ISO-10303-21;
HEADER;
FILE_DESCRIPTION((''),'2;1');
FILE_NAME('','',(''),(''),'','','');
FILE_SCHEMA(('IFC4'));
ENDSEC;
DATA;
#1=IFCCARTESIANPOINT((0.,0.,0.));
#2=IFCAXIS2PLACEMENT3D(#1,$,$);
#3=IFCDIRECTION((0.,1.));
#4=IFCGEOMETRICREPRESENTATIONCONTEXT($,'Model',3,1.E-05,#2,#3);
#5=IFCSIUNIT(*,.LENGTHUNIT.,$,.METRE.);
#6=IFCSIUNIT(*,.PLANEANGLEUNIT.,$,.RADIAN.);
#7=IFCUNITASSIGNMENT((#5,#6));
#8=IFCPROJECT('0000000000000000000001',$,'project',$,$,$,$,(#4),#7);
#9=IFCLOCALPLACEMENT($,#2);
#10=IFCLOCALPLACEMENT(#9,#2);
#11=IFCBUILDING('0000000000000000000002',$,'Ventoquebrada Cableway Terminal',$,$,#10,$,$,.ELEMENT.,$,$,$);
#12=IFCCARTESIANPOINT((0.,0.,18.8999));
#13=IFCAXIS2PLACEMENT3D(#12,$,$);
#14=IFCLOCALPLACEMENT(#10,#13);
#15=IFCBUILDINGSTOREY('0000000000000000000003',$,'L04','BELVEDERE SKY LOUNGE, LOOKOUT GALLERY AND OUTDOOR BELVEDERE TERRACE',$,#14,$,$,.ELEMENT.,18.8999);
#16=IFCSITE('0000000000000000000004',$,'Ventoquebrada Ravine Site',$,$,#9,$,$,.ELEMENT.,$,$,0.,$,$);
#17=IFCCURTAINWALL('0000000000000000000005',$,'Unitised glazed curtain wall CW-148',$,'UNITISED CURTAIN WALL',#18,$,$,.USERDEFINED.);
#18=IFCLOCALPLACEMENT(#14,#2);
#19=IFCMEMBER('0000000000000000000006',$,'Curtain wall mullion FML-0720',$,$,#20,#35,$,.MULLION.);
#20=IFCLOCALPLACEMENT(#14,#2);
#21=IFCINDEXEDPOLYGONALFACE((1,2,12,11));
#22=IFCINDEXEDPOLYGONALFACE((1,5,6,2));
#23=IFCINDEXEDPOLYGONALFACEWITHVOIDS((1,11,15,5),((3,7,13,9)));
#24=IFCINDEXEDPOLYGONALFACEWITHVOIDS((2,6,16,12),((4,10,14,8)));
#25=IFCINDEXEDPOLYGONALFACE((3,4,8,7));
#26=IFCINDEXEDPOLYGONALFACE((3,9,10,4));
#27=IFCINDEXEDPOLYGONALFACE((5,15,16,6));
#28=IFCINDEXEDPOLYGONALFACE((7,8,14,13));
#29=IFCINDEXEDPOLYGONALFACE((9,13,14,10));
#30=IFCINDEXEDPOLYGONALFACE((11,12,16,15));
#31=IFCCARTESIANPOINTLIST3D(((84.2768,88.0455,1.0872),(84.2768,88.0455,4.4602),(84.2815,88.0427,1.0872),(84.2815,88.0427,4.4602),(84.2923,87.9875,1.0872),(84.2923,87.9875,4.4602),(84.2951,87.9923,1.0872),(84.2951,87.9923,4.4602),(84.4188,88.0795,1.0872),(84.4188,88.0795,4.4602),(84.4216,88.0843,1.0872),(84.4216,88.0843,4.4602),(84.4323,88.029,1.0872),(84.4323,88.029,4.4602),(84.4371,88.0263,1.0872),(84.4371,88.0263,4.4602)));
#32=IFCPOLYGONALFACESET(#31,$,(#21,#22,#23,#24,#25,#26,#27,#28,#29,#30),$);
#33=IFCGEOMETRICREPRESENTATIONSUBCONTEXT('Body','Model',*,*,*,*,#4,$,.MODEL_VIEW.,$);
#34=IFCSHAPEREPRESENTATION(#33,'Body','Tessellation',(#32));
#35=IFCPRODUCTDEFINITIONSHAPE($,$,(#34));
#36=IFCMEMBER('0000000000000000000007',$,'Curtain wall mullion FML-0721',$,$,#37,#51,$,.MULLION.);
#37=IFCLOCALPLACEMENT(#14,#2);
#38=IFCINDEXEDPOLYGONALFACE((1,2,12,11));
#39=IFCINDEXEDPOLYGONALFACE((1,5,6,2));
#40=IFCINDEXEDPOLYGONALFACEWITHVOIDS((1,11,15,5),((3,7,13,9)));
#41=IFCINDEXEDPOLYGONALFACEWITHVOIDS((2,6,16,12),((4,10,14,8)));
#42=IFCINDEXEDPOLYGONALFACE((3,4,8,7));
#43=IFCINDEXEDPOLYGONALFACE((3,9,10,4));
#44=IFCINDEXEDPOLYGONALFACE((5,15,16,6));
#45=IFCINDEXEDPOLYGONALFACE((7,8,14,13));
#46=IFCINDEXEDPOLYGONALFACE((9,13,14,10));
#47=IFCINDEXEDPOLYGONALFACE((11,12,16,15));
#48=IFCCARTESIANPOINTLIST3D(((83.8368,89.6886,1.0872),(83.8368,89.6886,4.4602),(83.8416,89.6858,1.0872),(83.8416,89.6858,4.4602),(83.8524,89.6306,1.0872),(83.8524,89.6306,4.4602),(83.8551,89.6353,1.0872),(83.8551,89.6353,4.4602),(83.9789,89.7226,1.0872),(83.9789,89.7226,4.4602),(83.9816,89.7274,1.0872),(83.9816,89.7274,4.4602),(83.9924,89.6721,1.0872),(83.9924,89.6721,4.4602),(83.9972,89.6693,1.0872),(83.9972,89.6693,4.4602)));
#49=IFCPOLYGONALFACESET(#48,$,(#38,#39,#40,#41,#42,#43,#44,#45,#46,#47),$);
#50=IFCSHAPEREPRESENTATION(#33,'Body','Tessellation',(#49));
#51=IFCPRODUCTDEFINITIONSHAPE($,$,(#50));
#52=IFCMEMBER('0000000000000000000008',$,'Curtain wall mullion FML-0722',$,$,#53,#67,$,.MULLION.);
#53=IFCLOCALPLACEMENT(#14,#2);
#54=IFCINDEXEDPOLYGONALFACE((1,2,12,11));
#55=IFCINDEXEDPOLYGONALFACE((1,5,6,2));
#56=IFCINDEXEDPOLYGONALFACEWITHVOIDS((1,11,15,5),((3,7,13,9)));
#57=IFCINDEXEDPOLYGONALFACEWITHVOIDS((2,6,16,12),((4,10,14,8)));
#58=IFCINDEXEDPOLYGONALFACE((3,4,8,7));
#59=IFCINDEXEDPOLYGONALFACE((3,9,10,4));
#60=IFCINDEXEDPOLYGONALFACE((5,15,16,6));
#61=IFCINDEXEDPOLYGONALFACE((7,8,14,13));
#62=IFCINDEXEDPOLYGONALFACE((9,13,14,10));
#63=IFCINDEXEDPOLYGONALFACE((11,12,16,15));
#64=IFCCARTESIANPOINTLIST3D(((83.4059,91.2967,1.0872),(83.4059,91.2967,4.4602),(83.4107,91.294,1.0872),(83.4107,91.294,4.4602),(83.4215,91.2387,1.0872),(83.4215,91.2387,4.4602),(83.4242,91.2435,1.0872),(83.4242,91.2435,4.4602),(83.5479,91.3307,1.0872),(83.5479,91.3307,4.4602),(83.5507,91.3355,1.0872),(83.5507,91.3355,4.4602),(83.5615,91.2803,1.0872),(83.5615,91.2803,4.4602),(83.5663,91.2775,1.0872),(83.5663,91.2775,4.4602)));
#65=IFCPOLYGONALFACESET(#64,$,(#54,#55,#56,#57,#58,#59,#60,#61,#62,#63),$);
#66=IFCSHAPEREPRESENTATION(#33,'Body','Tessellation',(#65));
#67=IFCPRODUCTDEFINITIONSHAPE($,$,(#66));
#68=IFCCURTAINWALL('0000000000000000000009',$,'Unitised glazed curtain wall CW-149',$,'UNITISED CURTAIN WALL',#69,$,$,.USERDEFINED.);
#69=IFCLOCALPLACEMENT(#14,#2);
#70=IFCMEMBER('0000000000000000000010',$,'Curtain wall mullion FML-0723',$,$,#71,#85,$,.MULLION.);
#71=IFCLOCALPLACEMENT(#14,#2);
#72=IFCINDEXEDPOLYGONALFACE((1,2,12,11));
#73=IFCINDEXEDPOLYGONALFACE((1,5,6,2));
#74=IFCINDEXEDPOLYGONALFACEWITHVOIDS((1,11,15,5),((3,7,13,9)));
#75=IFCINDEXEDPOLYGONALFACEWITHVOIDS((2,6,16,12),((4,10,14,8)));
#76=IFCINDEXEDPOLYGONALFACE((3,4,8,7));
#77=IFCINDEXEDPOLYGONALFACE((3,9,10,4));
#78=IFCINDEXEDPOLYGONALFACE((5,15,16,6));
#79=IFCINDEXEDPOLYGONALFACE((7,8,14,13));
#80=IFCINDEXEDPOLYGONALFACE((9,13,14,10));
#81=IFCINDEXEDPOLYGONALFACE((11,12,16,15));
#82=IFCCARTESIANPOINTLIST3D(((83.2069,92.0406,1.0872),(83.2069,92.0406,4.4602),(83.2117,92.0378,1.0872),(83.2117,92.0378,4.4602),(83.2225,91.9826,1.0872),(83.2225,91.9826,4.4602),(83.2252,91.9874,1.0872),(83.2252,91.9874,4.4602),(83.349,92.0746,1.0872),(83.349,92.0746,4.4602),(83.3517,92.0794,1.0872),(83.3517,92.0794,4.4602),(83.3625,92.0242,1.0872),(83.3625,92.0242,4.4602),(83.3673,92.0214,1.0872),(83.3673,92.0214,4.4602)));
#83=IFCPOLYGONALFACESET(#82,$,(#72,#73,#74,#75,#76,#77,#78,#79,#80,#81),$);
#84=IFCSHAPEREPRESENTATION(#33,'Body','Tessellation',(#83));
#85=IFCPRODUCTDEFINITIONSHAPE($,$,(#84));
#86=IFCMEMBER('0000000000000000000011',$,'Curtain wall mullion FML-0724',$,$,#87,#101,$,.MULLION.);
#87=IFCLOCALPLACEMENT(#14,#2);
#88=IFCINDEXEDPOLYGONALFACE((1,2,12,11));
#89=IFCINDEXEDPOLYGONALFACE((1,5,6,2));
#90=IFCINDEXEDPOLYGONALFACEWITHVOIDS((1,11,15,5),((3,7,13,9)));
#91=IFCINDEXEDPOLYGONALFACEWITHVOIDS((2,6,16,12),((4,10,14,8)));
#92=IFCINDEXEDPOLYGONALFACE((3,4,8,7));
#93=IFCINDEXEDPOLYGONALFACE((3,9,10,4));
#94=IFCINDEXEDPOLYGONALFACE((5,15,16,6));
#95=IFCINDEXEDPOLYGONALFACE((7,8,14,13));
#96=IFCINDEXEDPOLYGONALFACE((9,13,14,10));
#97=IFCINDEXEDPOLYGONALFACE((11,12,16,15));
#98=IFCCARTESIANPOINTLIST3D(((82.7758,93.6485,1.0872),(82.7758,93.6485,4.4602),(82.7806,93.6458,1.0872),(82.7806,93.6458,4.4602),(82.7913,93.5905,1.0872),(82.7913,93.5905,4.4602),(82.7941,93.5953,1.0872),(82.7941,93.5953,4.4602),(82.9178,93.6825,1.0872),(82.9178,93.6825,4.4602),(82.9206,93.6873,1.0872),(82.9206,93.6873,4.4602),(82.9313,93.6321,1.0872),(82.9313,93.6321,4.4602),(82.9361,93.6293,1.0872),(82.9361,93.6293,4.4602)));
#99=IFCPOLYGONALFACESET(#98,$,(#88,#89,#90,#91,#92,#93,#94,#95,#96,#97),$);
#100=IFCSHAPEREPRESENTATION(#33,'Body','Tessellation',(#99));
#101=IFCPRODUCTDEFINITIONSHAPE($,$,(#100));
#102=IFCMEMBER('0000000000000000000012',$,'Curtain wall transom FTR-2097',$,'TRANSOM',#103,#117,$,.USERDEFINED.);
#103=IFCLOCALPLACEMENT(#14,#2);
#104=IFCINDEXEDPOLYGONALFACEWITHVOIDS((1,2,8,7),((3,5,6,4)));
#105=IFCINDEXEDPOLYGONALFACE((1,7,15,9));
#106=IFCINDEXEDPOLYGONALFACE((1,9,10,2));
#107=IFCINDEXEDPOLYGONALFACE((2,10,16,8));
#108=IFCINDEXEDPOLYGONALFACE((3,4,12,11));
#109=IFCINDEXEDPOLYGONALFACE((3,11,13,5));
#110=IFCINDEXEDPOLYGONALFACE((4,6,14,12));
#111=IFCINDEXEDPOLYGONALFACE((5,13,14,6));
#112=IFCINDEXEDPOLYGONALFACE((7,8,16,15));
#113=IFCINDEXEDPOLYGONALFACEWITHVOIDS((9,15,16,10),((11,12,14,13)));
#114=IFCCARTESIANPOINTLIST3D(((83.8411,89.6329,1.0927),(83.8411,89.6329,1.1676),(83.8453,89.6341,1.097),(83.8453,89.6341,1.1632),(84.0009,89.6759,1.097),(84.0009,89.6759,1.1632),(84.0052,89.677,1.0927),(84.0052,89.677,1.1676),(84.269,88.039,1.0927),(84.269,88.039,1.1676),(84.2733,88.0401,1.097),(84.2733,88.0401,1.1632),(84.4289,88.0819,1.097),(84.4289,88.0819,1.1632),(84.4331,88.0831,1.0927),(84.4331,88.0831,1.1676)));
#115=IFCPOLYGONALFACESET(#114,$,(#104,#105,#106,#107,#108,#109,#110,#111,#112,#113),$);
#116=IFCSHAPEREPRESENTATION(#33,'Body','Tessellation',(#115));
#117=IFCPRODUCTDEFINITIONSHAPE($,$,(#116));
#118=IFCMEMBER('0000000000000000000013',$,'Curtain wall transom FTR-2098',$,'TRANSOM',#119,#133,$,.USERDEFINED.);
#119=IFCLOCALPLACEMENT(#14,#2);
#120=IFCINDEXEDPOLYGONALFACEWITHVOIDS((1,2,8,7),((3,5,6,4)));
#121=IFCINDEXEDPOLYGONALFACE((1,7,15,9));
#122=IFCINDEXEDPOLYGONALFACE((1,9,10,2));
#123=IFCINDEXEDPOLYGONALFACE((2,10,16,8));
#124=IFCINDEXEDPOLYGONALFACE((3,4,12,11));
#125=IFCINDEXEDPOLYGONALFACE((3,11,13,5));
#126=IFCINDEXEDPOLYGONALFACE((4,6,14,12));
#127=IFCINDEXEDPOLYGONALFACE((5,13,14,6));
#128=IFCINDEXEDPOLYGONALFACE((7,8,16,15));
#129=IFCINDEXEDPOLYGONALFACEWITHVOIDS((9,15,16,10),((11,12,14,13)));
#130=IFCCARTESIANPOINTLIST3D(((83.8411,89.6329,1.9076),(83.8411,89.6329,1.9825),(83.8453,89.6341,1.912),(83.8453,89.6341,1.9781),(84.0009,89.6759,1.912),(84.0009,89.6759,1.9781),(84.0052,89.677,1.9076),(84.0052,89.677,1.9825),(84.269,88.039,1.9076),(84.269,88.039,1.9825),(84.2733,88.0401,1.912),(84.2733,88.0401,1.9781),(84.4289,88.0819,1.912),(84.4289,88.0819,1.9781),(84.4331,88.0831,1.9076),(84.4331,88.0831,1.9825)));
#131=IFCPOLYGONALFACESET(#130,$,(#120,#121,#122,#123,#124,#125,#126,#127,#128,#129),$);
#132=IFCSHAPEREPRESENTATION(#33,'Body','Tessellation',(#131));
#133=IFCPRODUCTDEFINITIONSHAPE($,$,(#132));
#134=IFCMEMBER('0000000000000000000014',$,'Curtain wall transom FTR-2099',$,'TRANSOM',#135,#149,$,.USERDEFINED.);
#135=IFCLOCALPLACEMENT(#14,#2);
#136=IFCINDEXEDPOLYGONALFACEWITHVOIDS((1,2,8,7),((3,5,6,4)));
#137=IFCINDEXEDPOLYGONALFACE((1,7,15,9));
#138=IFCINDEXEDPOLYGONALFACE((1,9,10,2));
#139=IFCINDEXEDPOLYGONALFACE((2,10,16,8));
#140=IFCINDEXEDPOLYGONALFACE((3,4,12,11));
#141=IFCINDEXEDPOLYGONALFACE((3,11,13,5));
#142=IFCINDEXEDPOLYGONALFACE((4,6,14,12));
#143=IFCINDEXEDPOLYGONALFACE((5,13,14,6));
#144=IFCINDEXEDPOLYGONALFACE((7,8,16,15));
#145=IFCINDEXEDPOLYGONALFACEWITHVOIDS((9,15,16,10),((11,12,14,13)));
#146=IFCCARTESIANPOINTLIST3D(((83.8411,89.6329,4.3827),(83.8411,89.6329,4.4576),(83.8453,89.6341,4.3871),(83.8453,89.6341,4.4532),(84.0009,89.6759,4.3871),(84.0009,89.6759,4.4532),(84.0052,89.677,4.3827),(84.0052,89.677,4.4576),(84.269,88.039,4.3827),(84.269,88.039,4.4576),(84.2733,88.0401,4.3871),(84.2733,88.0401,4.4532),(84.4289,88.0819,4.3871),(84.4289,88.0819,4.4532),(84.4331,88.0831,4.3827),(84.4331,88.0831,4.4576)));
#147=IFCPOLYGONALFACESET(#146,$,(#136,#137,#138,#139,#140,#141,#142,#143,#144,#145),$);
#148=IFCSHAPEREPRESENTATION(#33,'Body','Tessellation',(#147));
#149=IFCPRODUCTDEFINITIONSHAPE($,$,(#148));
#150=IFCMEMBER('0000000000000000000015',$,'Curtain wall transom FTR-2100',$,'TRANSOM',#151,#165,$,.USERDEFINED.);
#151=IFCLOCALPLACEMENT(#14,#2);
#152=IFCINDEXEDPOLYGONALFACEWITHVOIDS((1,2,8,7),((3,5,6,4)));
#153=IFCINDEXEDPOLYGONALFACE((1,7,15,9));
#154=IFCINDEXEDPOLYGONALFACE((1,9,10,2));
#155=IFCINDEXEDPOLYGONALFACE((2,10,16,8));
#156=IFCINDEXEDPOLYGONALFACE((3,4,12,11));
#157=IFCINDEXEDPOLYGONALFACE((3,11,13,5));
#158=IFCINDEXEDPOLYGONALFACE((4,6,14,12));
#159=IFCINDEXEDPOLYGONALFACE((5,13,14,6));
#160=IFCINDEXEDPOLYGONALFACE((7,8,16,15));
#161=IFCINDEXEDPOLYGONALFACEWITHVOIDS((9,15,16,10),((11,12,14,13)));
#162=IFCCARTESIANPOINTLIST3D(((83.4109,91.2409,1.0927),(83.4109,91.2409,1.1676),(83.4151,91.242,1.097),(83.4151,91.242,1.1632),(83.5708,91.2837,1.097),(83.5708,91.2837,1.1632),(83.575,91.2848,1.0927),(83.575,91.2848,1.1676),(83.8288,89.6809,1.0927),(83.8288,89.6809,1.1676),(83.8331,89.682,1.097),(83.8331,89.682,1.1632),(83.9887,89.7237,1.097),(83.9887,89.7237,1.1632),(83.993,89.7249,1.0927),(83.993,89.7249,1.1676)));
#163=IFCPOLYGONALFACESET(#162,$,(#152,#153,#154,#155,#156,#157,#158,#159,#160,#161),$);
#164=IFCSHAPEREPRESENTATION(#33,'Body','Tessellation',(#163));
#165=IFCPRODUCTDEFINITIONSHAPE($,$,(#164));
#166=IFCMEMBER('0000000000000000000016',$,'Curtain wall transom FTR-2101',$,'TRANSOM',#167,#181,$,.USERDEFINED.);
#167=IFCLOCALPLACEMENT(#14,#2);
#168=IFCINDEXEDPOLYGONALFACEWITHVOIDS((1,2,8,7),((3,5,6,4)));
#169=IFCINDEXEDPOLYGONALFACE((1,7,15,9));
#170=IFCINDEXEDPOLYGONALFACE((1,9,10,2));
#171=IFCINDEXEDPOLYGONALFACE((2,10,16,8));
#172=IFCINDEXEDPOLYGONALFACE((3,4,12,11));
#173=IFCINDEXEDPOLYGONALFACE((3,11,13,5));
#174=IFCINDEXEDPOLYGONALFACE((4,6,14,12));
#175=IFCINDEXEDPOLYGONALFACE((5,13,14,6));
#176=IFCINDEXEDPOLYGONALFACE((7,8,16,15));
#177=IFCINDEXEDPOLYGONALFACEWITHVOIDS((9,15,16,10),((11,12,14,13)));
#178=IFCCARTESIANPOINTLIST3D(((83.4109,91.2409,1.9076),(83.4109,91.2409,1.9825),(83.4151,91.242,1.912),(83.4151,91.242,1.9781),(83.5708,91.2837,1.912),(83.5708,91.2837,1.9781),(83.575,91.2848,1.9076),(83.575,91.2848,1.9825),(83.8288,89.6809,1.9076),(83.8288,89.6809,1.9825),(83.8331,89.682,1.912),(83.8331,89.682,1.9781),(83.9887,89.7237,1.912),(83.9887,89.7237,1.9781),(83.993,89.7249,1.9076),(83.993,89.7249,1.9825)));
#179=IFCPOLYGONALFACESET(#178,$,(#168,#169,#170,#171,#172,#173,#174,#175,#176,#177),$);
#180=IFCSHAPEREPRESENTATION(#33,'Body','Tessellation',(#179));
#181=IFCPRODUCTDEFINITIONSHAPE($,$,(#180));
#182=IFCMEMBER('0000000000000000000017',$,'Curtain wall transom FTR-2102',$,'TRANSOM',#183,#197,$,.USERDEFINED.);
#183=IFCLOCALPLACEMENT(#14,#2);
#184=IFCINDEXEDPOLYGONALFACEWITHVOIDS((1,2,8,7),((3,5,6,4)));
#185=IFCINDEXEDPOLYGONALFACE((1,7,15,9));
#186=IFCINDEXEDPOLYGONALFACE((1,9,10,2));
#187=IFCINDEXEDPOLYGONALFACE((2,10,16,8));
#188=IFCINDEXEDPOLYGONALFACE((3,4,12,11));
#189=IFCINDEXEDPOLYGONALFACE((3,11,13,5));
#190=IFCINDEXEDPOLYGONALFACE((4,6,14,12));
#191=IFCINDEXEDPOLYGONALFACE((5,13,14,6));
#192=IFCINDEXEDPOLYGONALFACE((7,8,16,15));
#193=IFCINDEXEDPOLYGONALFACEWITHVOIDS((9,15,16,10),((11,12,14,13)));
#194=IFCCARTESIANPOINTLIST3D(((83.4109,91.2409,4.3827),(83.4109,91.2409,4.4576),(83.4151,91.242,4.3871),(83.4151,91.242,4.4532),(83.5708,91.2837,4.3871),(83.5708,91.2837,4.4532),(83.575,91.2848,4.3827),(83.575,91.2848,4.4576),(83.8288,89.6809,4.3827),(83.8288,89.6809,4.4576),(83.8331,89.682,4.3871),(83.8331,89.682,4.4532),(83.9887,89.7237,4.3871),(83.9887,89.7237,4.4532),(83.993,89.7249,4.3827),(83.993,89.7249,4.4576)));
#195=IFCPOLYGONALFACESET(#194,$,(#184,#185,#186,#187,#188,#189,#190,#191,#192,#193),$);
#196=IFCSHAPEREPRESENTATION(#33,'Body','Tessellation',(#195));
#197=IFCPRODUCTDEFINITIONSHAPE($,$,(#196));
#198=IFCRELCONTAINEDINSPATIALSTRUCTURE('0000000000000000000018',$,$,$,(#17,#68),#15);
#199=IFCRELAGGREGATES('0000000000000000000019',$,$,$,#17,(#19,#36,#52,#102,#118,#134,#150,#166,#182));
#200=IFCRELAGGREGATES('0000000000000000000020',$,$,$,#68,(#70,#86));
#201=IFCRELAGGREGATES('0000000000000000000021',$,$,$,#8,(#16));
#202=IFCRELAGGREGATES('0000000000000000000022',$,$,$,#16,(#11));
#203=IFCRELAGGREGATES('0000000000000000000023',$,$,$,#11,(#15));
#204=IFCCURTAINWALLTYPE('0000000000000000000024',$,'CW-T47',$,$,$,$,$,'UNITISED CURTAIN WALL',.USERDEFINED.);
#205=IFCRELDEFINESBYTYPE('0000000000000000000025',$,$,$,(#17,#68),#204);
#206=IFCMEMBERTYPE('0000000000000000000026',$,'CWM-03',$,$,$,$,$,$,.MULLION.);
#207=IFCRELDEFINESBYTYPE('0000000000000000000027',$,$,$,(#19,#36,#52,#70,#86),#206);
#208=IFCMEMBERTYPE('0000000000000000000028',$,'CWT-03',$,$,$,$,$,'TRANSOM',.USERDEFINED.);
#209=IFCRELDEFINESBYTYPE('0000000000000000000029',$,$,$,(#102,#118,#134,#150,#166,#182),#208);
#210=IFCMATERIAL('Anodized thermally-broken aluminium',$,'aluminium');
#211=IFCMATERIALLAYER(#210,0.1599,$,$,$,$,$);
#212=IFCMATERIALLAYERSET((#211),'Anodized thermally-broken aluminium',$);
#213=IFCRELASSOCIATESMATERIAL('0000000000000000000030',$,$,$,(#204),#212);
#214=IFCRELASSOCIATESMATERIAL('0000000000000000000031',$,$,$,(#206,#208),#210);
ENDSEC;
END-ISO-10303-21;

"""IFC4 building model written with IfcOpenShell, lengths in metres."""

from ifc_helpers import new_model, si_unit, direction, frame, origin, origin_2d, place, context, subcontext, project, spatial, hollow_rectangle, extrude, material, layer, layer_set, material_profile, profile_set, type_object, element, aggregate, save


model = new_model("IFC4")

# Units and contexts
model_context = context("Model", 3, precision=1e-05, world=origin(), true_north=direction((0.0, 1.0)))
body_context = subcontext(model_context, "Body", "Model", "MODEL_VIEW")
ifc_project = project(units=[si_unit("LENGTHUNIT", "METRE"), si_unit("PLANEANGLEUNIT", "RADIAN")], contexts=[model_context])

# Site, building, storey
site_placement = place(None, origin())
site = spatial("IfcSite", under=ifc_project, at=site_placement, Name="Ventoquebrada Ravine Site", CompositionType="ELEMENT", RefElevation=0.0)
building_placement = place(site_placement, origin())
building = spatial("IfcBuilding", under=site, at=building_placement, Name="Ventoquebrada Cableway Terminal", CompositionType="ELEMENT")
storey_placement = place(building_placement, frame((0.0, 0.0, 18.8999)))
storey = spatial("IfcBuildingStorey", under=building, at=storey_placement, Name="L04", Description="BELVEDERE SKY LOUNGE, LOOKOUT GALLERY AND OUTDOOR BELVEDERE TERRACE", CompositionType="ELEMENT", Elevation=18.8999)

# Curtain walls, members
ifc_material_1 = material(Name="Anodized thermally-broken aluminium", Category="aluminium")
ifc_layer_1 = layer(ifc_material_1, 0.1599)
ifc_layer_set_1 = layer_set([ifc_layer_1], Name="Anodized thermally-broken aluminium")
curtain_wall_type = type_object("IfcCurtainWallType", Name="CW-T47", ElementType="UNITISED CURTAIN WALL", PredefinedType="USERDEFINED", material=ifc_layer_set_1)
curtain_wall_1_placement = place(storey_placement, origin())
curtain_wall_1 = element("IfcCurtainWall", 1, at=curtain_wall_1_placement, inside=storey, type_object=curtain_wall_type, Name="Unitised glazed curtain wall CW-148", ObjectType="UNITISED CURTAIN WALL", PredefinedType="USERDEFINED")
ifc_material_profile_1 = material_profile(ifc_material_1, hollow_rectangle(XDim=0.0601, YDim=0.1499, WallThickness=0.0039, at=origin_2d()), Name="CW-MUL-60X150")
ifc_profile_set_1 = profile_set([ifc_material_profile_1], Name="Anodized thermally-broken aluminium")
member_type_1 = type_object("IfcMemberType", Name="CWM-03", PredefinedType="MULLION", material=ifc_profile_set_1)
member_1_placement = place(storey_placement, frame((84.3569, 88.0359, 1.0872), z_axis=(0.0, 0.0, 1.0), x_axis=(-0.258802, 0.96593, 0.0)))
member_1 = element("IfcMember", 2, at=member_1_placement, type_object=member_type_1, Name="Curtain wall mullion FML-0720", PredefinedType="MULLION", context=body_context, shape_type="SweptSolid", body=[
    extrude(hollow_rectangle(XDim=0.0601, YDim=0.1499, WallThickness=0.0039, at=origin_2d()), origin(), (0.0, 0.0, 1.0), 3.373),
])
member_2_placement = place(storey_placement, frame((83.917, 89.679, 1.0872), z_axis=(0.0, 0.0, 1.0), x_axis=(-0.258802, 0.96593, 0.0)))
member_2 = element("IfcMember", 3, at=member_2_placement, type_object=member_type_1, Name="Curtain wall mullion FML-0721", PredefinedType="MULLION", context=body_context, shape_type="SweptSolid", body=[
    extrude(hollow_rectangle(XDim=0.0601, YDim=0.1499, WallThickness=0.0039, at=origin_2d()), origin(), (0.0, 0.0, 1.0), 3.373),
])
member_3_placement = place(storey_placement, frame((83.4861, 91.2871, 1.0872), z_axis=(0.0, 0.0, 1.0), x_axis=(-0.258802, 0.96593, 0.0)))
member_3 = element("IfcMember", 4, at=member_3_placement, type_object=member_type_1, Name="Curtain wall mullion FML-0722", PredefinedType="MULLION", context=body_context, shape_type="SweptSolid", body=[
    extrude(hollow_rectangle(XDim=0.0601, YDim=0.1499, WallThickness=0.0039, at=origin_2d()), origin(), (0.0, 0.0, 1.0), 3.373),
])
curtain_wall_2_placement = place(storey_placement, origin())
curtain_wall_2 = element("IfcCurtainWall", 5, at=curtain_wall_2_placement, inside=storey, type_object=curtain_wall_type, Name="Unitised glazed curtain wall CW-149", ObjectType="UNITISED CURTAIN WALL", PredefinedType="USERDEFINED")
member_4_placement = place(storey_placement, frame((83.2871, 92.031, 1.0872), z_axis=(0.0, 0.0, 1.0), x_axis=(-0.258836, 0.965921, 0.0)))
member_4 = element("IfcMember", 6, at=member_4_placement, type_object=member_type_1, Name="Curtain wall mullion FML-0723", PredefinedType="MULLION", context=body_context, shape_type="SweptSolid", body=[
    extrude(hollow_rectangle(XDim=0.0601, YDim=0.1499, WallThickness=0.0039, at=origin_2d()), origin(), (0.0, 0.0, 1.0), 3.373),
])
member_5_placement = place(storey_placement, frame((82.856, 93.6389, 1.0872), z_axis=(0.0, 0.0, 1.0), x_axis=(-0.258836, 0.965921, 0.0)))
member_5 = element("IfcMember", 7, at=member_5_placement, type_object=member_type_1, Name="Curtain wall mullion FML-0724", PredefinedType="MULLION", context=body_context, shape_type="SweptSolid", body=[
    extrude(hollow_rectangle(XDim=0.0601, YDim=0.1499, WallThickness=0.0039, at=origin_2d()), origin(), (0.0, 0.0, 1.0), 3.373),
])

# Members
ifc_material_profile_2 = material_profile(ifc_material_1, hollow_rectangle(XDim=0.075, YDim=0.1699, WallThickness=0.0044, at=origin_2d()), Name="CW-TRN-75X170")
ifc_profile_set_2 = profile_set([ifc_material_profile_2], Name="Anodized thermally-broken aluminium")
member_type_2 = type_object("IfcMemberType", Name="CWT-03", ElementType="TRANSOM", PredefinedType="USERDEFINED", material=ifc_profile_set_2)
member_6_placement = place(storey_placement, frame((84.3511, 88.061, 1.1301), z_axis=(-0.25931, 0.965794, 0.0), x_axis=(0.0, 0.0, 1.0)))
member_6 = element("IfcMember", 8, at=member_6_placement, type_object=member_type_2, Name="Curtain wall transom FTR-2097", ObjectType="TRANSOM", PredefinedType="USERDEFINED", context=body_context, shape_type="SweptSolid", body=[
    extrude(hollow_rectangle(XDim=0.075, YDim=0.1699, WallThickness=0.0044, at=origin_2d()), origin(), (0.0, 0.0, 1.0), 1.6504),
])
member_7_placement = place(storey_placement, frame((84.3511, 88.061, 1.9451), z_axis=(-0.25931, 0.965794, 0.0), x_axis=(0.0, 0.0, 1.0)))
member_7 = element("IfcMember", 9, at=member_7_placement, type_object=member_type_2, Name="Curtain wall transom FTR-2098", ObjectType="TRANSOM", PredefinedType="USERDEFINED", context=body_context, shape_type="SweptSolid", body=[
    extrude(hollow_rectangle(XDim=0.075, YDim=0.1699, WallThickness=0.0044, at=origin_2d()), origin(), (0.0, 0.0, 1.0), 1.6504),
])
member_8_placement = place(storey_placement, frame((84.3511, 88.061, 4.4202), z_axis=(-0.25931, 0.965794, 0.0), x_axis=(0.0, 0.0, 1.0)))
member_8 = element("IfcMember", 10, at=member_8_placement, type_object=member_type_2, Name="Curtain wall transom FTR-2099", ObjectType="TRANSOM", PredefinedType="USERDEFINED", context=body_context, shape_type="SweptSolid", body=[
    extrude(hollow_rectangle(XDim=0.075, YDim=0.1699, WallThickness=0.0044, at=origin_2d()), origin(), (0.0, 0.0, 1.0), 1.6504),
])
member_9_placement = place(storey_placement, frame((83.9109, 89.7029, 1.1301), z_axis=(-0.258791, 0.965933, 0.0), x_axis=(0.0, 0.0, 1.0)))
member_9 = element("IfcMember", 11, at=member_9_placement, type_object=member_type_2, Name="Curtain wall transom FTR-2100", ObjectType="TRANSOM", PredefinedType="USERDEFINED", context=body_context, shape_type="SweptSolid", body=[
    extrude(hollow_rectangle(XDim=0.075, YDim=0.1699, WallThickness=0.0044, at=origin_2d()), origin(), (0.0, 0.0, 1.0), 1.615),
])
member_10_placement = place(storey_placement, frame((83.9109, 89.7029, 1.9451), z_axis=(-0.258791, 0.965933, 0.0), x_axis=(0.0, 0.0, 1.0)))
member_10 = element("IfcMember", 12, at=member_10_placement, type_object=member_type_2, Name="Curtain wall transom FTR-2101", ObjectType="TRANSOM", PredefinedType="USERDEFINED", context=body_context, shape_type="SweptSolid", body=[
    extrude(hollow_rectangle(XDim=0.075, YDim=0.1699, WallThickness=0.0044, at=origin_2d()), origin(), (0.0, 0.0, 1.0), 1.615),
])
member_11_placement = place(storey_placement, frame((83.9109, 89.7029, 4.4202), z_axis=(-0.258791, 0.965933, 0.0), x_axis=(0.0, 0.0, 1.0)))
member_11 = element("IfcMember", 13, at=member_11_placement, type_object=member_type_2, Name="Curtain wall transom FTR-2102", ObjectType="TRANSOM", PredefinedType="USERDEFINED", context=body_context, shape_type="SweptSolid", body=[
    extrude(hollow_rectangle(XDim=0.075, YDim=0.1699, WallThickness=0.0044, at=origin_2d()), origin(), (0.0, 0.0, 1.0), 1.615),
])

aggregate(curtain_wall_1, [member_1, member_2, member_3, member_6, member_7, member_8, member_9, member_10, member_11])
aggregate(curtain_wall_2, [member_4, member_5])

save(model, "model.ifc")
